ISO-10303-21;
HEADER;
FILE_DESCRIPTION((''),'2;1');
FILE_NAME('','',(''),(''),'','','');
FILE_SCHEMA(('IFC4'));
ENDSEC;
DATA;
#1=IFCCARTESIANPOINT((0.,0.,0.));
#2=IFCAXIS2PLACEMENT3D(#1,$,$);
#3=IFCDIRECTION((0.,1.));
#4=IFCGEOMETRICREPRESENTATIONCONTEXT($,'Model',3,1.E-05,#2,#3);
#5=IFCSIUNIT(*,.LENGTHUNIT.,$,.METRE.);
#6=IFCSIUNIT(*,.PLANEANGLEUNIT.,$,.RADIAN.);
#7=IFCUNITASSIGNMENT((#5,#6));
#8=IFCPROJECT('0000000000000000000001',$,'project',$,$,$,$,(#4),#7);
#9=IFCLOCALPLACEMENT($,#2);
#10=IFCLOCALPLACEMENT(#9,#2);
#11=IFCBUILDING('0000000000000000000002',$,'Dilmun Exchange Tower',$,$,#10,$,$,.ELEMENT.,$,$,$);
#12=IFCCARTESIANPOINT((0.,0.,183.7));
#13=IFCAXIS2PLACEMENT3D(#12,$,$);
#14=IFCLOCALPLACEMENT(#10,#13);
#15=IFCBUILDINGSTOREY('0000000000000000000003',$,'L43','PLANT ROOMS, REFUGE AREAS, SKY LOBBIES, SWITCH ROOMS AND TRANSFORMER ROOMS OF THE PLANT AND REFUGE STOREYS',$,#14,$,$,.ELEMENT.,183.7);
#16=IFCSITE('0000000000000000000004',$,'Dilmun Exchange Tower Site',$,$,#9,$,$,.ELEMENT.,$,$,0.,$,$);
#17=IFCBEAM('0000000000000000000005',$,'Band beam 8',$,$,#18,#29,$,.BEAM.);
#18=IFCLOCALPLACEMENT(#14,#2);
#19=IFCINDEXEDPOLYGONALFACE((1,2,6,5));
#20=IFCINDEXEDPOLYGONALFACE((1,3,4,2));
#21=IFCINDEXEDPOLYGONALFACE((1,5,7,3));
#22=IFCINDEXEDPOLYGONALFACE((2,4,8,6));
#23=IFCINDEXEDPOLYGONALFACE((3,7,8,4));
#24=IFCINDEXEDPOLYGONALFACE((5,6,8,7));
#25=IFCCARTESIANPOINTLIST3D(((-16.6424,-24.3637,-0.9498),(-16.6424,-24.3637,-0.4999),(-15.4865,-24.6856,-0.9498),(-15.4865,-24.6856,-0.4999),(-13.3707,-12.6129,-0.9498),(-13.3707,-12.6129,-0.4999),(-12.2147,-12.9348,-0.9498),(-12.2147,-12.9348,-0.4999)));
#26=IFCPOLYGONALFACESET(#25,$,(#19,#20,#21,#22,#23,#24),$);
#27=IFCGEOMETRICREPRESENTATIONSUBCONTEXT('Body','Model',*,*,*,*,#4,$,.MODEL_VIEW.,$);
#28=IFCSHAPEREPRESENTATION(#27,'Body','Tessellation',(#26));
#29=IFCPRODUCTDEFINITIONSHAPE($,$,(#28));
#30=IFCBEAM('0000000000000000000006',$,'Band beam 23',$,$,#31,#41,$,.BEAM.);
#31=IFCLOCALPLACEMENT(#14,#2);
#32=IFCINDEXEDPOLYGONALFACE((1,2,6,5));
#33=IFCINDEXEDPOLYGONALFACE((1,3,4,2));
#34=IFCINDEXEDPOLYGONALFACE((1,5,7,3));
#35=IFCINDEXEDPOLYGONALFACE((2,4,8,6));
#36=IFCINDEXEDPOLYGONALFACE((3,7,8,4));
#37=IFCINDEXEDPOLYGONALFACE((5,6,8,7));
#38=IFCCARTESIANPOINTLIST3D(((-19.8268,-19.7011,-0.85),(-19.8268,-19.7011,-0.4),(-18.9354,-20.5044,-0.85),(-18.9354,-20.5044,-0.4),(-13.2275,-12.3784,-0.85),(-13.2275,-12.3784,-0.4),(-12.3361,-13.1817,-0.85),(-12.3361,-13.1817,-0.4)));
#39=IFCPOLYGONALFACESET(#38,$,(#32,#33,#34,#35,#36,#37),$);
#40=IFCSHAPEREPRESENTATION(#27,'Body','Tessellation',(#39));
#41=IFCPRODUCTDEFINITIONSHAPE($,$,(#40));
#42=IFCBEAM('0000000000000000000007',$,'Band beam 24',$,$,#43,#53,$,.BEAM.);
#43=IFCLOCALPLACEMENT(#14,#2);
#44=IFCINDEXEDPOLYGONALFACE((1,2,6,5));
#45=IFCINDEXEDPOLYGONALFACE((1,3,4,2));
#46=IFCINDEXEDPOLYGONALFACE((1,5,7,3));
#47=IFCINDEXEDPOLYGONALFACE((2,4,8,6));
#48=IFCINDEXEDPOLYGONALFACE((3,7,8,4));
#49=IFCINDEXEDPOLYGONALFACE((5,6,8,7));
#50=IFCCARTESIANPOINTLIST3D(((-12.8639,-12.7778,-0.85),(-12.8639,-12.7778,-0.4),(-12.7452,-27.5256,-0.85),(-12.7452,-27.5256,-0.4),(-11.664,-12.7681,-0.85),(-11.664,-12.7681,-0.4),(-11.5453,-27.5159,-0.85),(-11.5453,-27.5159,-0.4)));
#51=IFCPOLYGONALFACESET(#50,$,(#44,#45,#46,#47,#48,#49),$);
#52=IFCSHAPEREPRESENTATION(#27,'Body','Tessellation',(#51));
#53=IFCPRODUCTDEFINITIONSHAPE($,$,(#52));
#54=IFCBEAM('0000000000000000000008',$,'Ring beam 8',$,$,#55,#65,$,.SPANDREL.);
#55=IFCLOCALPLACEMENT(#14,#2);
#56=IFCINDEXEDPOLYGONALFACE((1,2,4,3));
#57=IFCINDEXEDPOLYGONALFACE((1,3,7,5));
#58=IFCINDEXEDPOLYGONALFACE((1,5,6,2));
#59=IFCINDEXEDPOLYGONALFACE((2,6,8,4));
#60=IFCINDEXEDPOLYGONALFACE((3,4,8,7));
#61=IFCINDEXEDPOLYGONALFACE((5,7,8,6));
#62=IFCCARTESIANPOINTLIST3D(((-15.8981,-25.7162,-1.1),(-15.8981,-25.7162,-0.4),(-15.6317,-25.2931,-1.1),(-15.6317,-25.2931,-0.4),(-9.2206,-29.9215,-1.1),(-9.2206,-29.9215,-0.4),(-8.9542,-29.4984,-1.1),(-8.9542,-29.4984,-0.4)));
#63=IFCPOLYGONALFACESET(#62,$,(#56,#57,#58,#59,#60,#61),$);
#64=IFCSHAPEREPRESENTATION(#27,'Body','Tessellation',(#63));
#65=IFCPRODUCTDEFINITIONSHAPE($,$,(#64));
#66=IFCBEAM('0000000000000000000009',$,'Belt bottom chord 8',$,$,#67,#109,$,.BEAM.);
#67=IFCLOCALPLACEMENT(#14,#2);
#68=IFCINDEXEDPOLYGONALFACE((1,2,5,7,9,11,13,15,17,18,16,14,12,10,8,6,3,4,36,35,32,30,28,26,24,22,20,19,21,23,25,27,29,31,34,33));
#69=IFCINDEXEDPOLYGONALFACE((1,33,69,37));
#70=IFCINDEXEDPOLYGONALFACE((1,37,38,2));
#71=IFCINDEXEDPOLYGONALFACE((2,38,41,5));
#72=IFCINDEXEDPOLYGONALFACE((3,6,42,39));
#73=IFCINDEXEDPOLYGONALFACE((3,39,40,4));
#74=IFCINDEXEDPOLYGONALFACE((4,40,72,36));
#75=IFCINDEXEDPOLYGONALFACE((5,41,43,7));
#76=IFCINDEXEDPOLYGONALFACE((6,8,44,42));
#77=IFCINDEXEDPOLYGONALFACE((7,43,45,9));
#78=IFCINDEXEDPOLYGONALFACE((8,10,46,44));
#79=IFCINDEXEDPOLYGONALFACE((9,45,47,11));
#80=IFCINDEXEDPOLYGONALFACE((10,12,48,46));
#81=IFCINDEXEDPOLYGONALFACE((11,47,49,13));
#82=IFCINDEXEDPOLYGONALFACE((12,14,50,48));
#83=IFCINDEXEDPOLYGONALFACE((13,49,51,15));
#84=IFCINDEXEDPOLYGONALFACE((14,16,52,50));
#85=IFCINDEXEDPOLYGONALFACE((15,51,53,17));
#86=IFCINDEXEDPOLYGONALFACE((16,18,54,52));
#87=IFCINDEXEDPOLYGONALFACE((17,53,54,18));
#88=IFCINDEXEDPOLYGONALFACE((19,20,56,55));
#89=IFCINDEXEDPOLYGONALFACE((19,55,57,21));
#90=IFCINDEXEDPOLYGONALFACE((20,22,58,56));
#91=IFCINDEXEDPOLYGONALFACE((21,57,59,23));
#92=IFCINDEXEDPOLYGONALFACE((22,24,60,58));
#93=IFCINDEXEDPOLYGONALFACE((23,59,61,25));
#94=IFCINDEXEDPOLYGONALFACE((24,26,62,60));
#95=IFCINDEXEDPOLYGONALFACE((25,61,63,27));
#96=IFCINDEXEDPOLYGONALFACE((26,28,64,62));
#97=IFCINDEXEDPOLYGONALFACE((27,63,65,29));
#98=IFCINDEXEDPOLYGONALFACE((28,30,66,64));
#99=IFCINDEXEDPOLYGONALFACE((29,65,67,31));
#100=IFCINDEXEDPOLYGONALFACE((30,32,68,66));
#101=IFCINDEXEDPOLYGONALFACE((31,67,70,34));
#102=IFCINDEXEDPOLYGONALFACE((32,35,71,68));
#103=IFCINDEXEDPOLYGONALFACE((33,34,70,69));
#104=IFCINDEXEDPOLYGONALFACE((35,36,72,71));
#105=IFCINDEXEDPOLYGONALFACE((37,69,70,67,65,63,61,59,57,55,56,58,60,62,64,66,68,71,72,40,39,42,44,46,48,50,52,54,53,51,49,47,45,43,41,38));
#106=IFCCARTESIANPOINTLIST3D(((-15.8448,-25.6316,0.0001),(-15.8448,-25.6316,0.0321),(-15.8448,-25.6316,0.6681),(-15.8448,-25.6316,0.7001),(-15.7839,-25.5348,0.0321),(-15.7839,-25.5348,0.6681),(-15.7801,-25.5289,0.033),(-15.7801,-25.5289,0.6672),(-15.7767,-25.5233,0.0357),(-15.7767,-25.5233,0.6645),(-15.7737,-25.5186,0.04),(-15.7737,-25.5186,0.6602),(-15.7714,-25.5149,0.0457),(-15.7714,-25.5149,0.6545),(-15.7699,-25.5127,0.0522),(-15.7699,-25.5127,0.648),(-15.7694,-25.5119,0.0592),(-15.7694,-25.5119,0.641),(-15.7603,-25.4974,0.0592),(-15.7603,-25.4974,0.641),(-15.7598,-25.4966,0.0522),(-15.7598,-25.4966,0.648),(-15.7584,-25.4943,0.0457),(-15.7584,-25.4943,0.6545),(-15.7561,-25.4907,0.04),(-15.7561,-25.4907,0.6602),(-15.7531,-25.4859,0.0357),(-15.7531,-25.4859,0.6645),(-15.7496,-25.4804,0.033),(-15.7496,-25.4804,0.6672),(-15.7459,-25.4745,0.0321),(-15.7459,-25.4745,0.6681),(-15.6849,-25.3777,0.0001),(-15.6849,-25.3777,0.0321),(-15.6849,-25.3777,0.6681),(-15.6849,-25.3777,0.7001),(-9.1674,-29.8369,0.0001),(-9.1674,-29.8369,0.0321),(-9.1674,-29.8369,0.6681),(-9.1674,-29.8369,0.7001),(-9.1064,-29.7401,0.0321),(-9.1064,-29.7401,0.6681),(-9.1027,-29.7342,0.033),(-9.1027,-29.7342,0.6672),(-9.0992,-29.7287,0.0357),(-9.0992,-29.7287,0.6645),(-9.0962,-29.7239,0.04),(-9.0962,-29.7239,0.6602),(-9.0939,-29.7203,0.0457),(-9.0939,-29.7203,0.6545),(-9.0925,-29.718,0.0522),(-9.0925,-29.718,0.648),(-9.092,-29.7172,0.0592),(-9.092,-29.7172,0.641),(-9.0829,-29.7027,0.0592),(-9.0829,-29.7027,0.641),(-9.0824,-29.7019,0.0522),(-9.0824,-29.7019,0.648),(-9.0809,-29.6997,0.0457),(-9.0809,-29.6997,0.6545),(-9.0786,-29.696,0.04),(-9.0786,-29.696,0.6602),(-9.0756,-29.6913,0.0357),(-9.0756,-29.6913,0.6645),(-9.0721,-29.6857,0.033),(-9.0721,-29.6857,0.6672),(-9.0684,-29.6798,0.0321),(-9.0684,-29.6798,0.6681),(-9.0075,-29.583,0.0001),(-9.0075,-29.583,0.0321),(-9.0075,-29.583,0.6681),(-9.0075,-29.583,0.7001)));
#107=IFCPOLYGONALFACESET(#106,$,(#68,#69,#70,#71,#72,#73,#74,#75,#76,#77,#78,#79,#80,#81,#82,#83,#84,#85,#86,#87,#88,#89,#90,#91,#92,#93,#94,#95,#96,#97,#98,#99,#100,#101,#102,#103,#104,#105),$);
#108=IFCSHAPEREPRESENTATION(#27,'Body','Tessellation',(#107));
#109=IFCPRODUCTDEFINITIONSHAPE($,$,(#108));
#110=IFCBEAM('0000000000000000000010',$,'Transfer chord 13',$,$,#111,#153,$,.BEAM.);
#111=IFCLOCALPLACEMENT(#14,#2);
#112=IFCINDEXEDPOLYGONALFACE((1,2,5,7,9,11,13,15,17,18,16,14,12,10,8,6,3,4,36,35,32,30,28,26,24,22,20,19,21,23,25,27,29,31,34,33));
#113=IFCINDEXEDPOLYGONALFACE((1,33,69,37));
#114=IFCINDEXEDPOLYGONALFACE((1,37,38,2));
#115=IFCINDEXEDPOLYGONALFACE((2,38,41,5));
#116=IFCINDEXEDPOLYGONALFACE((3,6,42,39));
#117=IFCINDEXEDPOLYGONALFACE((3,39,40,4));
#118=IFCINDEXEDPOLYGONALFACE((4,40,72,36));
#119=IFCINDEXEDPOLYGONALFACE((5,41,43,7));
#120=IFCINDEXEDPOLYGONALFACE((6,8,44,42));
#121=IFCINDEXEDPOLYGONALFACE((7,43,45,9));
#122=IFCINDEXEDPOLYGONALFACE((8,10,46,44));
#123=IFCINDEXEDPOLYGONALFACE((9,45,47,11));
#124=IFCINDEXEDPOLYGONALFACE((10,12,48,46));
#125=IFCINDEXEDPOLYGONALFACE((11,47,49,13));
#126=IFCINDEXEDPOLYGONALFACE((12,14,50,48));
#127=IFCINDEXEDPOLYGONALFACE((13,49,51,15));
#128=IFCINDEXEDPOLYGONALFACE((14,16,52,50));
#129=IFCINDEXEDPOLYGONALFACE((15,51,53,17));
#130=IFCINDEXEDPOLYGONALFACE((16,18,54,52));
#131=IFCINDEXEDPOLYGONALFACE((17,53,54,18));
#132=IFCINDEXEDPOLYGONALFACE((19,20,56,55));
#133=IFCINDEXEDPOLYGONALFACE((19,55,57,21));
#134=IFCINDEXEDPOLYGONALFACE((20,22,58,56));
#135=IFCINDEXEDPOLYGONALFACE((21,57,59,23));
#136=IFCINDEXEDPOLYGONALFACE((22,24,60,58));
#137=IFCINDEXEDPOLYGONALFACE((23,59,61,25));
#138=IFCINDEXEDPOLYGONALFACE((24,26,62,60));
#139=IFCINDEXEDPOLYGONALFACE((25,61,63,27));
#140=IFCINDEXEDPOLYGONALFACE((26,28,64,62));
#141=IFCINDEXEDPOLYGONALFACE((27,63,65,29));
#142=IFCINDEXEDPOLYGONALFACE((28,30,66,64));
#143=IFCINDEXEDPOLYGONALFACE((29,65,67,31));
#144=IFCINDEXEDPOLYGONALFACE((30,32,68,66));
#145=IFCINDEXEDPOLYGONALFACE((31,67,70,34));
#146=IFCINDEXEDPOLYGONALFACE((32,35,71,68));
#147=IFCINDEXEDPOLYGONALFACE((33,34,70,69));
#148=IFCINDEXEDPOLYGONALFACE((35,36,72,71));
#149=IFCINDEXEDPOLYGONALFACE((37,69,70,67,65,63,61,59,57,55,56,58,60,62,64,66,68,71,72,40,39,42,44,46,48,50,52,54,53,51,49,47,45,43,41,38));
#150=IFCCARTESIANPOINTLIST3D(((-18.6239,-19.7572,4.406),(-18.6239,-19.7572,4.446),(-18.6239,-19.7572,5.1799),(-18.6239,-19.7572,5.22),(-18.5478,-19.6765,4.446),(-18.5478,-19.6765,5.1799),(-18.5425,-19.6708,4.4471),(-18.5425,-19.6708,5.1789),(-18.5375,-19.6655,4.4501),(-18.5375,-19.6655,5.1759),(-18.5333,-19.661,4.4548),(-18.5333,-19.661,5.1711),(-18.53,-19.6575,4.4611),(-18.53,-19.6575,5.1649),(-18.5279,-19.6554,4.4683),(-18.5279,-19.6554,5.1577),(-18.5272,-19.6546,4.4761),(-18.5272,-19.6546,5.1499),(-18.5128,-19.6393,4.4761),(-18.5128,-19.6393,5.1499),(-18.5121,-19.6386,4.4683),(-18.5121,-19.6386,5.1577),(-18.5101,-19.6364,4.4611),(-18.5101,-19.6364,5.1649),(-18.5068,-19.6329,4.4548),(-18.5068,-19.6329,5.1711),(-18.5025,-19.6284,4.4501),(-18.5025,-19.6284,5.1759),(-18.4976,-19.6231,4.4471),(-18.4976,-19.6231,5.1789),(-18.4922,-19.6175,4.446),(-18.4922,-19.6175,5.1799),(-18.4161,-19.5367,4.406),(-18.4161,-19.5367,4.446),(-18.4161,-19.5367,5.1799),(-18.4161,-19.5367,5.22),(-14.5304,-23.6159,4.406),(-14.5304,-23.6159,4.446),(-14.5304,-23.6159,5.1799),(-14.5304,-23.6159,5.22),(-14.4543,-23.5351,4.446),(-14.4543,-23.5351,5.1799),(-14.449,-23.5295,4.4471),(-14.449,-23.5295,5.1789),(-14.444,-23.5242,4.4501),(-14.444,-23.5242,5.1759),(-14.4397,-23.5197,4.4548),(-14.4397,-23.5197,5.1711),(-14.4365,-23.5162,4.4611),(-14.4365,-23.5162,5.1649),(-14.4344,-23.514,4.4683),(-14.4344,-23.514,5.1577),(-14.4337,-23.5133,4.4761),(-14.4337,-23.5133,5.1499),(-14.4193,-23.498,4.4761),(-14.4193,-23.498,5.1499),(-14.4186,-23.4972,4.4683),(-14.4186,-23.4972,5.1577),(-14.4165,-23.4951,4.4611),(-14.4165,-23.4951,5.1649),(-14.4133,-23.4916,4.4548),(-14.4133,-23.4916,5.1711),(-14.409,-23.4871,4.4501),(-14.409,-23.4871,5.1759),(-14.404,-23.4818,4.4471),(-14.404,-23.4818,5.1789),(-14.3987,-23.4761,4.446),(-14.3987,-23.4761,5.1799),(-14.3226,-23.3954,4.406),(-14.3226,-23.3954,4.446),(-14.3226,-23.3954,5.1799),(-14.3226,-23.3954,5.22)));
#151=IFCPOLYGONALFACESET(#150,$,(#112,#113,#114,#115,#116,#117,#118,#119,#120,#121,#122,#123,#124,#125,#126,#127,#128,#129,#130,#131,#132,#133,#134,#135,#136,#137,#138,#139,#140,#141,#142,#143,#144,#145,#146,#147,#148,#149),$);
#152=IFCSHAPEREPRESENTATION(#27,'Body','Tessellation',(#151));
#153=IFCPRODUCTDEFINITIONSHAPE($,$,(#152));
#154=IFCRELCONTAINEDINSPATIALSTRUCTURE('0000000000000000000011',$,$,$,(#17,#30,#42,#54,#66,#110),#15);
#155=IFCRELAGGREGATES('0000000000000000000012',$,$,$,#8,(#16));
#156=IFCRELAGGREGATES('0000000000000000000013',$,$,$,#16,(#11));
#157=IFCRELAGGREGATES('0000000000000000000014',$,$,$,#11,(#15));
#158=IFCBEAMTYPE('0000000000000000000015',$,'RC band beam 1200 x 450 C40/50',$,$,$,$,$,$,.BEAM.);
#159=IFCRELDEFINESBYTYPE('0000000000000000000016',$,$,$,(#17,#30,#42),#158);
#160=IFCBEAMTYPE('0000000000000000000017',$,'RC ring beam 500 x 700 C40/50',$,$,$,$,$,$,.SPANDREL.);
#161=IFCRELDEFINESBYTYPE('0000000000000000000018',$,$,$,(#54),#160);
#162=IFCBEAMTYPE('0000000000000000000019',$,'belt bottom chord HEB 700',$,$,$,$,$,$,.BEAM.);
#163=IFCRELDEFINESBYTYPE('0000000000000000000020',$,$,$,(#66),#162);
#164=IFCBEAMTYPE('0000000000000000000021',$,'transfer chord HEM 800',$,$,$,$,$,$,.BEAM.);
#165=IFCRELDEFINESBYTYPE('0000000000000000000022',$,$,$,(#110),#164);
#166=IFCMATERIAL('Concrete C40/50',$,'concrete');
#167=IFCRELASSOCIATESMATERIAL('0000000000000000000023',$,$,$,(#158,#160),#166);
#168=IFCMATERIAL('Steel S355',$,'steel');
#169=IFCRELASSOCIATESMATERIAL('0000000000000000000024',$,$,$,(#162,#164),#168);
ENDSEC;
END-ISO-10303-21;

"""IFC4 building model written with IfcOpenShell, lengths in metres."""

from ifc_helpers import new_model, si_unit, direction, frame, origin, origin_2d, place, context, subcontext, project, spatial, rectangle, i_section, extrude, material, material_profile, profile_set, type_object, element, save


model = new_model("IFC4")

# Units and contexts
model_context = context("Model", 3, precision=1e-05, world=origin(), true_north=direction((0.0, 1.0)))
body_context = subcontext(model_context, "Body", "Model", "MODEL_VIEW")
ifc_project = project(units=[si_unit("LENGTHUNIT", "METRE"), si_unit("PLANEANGLEUNIT", "RADIAN")], contexts=[model_context])

# Site, building, storey
site_placement = place(None, origin())
site = spatial("IfcSite", under=ifc_project, at=site_placement, Name="Dilmun Exchange Tower Site", CompositionType="ELEMENT", RefElevation=0.0)
building_placement = place(site_placement, origin())
building = spatial("IfcBuilding", under=site, at=building_placement, Name="Dilmun Exchange Tower", CompositionType="ELEMENT")
storey_placement = place(building_placement, frame((0.0, 0.0, 183.7)))
storey = spatial("IfcBuildingStorey", under=building, at=storey_placement, Name="L43", Description="PLANT ROOMS, REFUGE AREAS, SKY LOBBIES, SWITCH ROOMS AND TRANSFORMER ROOMS OF THE PLANT AND REFUGE STOREYS", CompositionType="ELEMENT", Elevation=183.7)

# Beams
ifc_material_1 = material(Name="Concrete C40/50", Category="concrete")
ifc_material_profile_1 = material_profile(ifc_material_1, rectangle(XDim=1.2, YDim=0.45, at=origin_2d()), Name="1200 x 450")
ifc_profile_set_1 = profile_set([ifc_material_profile_1], Name="Concrete C40/50")
beam_type_1 = type_object("IfcBeamType", Name="RC band beam 1200 x 450 C40/50", PredefinedType="BEAM", material=ifc_profile_set_1)
beam_1_placement = place(storey_placement, frame((-16.0645, -24.5247, -0.7249), z_axis=(0.268225, 0.963356, 0.0), x_axis=(-0.963356, 0.268225, 0.0)))
element("IfcBeam", 1, at=beam_1_placement, inside=storey, type_object=beam_type_1, Name="Band beam 8", PredefinedType="BEAM", context=body_context, shape_type="SweptSolid", body=[
    extrude(rectangle(XDim=1.2, YDim=0.45, at=origin_2d()), origin(), (0.0, 0.0, 1.0), 12.1978),
])
beam_2_placement = place(storey_placement, frame((-19.3811, -20.1028, -0.625), z_axis=(0.669463, 0.742846, 0.0), x_axis=(-0.742846, 0.669463, 0.0)))
element("IfcBeam", 2, at=beam_2_placement, inside=storey, type_object=beam_type_1, Name="Band beam 23", PredefinedType="BEAM", context=body_context, shape_type="SweptSolid", body=[
    extrude(rectangle(XDim=1.2, YDim=0.45, at=origin_2d()), origin(), (0.0, 0.0, 1.0), 9.8577),
])
beam_3_placement = place(storey_placement, frame((-12.1453, -27.5208, -0.625), z_axis=(-0.008045, 0.999968, 0.0), x_axis=(-0.999968, -0.008045, 0.0)))
element("IfcBeam", 3, at=beam_3_placement, inside=storey, type_object=beam_type_1, Name="Band beam 24", PredefinedType="BEAM", context=body_context, shape_type="SweptSolid", body=[
    extrude(rectangle(XDim=1.2, YDim=0.45, at=origin_2d()), origin(), (0.0, 0.0, 1.0), 14.7483),
])
ifc_material_profile_2 = material_profile(ifc_material_1, rectangle(XDim=0.5, YDim=0.7, at=origin_2d()), Name="500 x 700")
ifc_profile_set_2 = profile_set([ifc_material_profile_2], Name="Concrete C40/50")
beam_type_2 = type_object("IfcBeamType", Name="RC ring beam 500 x 700 C40/50", PredefinedType="SPANDREL", material=ifc_profile_set_2)
beam_4_placement = place(storey_placement, frame((-15.7649, -25.5046, -0.75), z_axis=(0.846177, -0.532902, 0.0), x_axis=(0.532902, 0.846177, 0.0)))
element("IfcBeam", 4, at=beam_4_placement, inside=storey, type_object=beam_type_2, Name="Ring beam 8", PredefinedType="SPANDREL", context=body_context, shape_type="SweptSolid", body=[
    extrude(rectangle(XDim=0.5, YDim=0.7, at=origin_2d()), origin(), (0.0, 0.0, 1.0), 7.8914),
])
ifc_material_2 = material(Name="Steel S355", Category="steel")
ifc_material_profile_3 = material_profile(ifc_material_2, i_section(OverallWidth=0.3, OverallDepth=0.7, WebThickness=0.0171, FlangeThickness=0.032, FilletRadius=0.0271, at=origin_2d()), Name="HEB 700")
ifc_profile_set_3 = profile_set([ifc_material_profile_3], Name="Steel S355")
beam_type_3 = type_object("IfcBeamType", Name="belt bottom chord HEB 700", PredefinedType="BEAM", material=ifc_profile_set_3)
beam_5_placement = place(storey_placement, frame((-15.7649, -25.5046, 0.3501), z_axis=(0.846177, -0.532902, 0.0), x_axis=(0.532902, 0.846177, 0.0)))
element("IfcBeam", 5, at=beam_5_placement, inside=storey, type_object=beam_type_3, Name="Belt bottom chord 8", PredefinedType="BEAM", context=body_context, shape_type="SweptSolid", body=[
    extrude(i_section(OverallWidth=0.3, OverallDepth=0.7, WebThickness=0.0171, FlangeThickness=0.032, FilletRadius=0.0271, at=origin_2d()), origin(), (0.0, 0.0, 1.0), 7.8914),
])
ifc_material_profile_4 = material_profile(ifc_material_2, i_section(OverallWidth=0.303, OverallDepth=0.814, WebThickness=0.021, FlangeThickness=0.04, FilletRadius=0.03, at=origin_2d()), Name="HEM 800")
ifc_profile_set_4 = profile_set([ifc_material_profile_4], Name="Steel S355")
beam_type_4 = type_object("IfcBeamType", Name="transfer chord HEM 800", PredefinedType="BEAM", material=ifc_profile_set_4)
beam_6_placement = place(storey_placement, frame((-18.52, -19.647, 4.813), z_axis=(0.727674, -0.685924, 0.0), x_axis=(0.685924, 0.727674, 0.0)))
element("IfcBeam", 6, at=beam_6_placement, inside=storey, type_object=beam_type_4, Name="Transfer chord 13", PredefinedType="BEAM", context=body_context, shape_type="SweptSolid", body=[
    extrude(i_section(OverallWidth=0.303, OverallDepth=0.814, WebThickness=0.021, FlangeThickness=0.04, FilletRadius=0.03, at=origin_2d()), origin(), (0.0, 0.0, 1.0), 5.6255),
])

save(model, "model.ifc")
